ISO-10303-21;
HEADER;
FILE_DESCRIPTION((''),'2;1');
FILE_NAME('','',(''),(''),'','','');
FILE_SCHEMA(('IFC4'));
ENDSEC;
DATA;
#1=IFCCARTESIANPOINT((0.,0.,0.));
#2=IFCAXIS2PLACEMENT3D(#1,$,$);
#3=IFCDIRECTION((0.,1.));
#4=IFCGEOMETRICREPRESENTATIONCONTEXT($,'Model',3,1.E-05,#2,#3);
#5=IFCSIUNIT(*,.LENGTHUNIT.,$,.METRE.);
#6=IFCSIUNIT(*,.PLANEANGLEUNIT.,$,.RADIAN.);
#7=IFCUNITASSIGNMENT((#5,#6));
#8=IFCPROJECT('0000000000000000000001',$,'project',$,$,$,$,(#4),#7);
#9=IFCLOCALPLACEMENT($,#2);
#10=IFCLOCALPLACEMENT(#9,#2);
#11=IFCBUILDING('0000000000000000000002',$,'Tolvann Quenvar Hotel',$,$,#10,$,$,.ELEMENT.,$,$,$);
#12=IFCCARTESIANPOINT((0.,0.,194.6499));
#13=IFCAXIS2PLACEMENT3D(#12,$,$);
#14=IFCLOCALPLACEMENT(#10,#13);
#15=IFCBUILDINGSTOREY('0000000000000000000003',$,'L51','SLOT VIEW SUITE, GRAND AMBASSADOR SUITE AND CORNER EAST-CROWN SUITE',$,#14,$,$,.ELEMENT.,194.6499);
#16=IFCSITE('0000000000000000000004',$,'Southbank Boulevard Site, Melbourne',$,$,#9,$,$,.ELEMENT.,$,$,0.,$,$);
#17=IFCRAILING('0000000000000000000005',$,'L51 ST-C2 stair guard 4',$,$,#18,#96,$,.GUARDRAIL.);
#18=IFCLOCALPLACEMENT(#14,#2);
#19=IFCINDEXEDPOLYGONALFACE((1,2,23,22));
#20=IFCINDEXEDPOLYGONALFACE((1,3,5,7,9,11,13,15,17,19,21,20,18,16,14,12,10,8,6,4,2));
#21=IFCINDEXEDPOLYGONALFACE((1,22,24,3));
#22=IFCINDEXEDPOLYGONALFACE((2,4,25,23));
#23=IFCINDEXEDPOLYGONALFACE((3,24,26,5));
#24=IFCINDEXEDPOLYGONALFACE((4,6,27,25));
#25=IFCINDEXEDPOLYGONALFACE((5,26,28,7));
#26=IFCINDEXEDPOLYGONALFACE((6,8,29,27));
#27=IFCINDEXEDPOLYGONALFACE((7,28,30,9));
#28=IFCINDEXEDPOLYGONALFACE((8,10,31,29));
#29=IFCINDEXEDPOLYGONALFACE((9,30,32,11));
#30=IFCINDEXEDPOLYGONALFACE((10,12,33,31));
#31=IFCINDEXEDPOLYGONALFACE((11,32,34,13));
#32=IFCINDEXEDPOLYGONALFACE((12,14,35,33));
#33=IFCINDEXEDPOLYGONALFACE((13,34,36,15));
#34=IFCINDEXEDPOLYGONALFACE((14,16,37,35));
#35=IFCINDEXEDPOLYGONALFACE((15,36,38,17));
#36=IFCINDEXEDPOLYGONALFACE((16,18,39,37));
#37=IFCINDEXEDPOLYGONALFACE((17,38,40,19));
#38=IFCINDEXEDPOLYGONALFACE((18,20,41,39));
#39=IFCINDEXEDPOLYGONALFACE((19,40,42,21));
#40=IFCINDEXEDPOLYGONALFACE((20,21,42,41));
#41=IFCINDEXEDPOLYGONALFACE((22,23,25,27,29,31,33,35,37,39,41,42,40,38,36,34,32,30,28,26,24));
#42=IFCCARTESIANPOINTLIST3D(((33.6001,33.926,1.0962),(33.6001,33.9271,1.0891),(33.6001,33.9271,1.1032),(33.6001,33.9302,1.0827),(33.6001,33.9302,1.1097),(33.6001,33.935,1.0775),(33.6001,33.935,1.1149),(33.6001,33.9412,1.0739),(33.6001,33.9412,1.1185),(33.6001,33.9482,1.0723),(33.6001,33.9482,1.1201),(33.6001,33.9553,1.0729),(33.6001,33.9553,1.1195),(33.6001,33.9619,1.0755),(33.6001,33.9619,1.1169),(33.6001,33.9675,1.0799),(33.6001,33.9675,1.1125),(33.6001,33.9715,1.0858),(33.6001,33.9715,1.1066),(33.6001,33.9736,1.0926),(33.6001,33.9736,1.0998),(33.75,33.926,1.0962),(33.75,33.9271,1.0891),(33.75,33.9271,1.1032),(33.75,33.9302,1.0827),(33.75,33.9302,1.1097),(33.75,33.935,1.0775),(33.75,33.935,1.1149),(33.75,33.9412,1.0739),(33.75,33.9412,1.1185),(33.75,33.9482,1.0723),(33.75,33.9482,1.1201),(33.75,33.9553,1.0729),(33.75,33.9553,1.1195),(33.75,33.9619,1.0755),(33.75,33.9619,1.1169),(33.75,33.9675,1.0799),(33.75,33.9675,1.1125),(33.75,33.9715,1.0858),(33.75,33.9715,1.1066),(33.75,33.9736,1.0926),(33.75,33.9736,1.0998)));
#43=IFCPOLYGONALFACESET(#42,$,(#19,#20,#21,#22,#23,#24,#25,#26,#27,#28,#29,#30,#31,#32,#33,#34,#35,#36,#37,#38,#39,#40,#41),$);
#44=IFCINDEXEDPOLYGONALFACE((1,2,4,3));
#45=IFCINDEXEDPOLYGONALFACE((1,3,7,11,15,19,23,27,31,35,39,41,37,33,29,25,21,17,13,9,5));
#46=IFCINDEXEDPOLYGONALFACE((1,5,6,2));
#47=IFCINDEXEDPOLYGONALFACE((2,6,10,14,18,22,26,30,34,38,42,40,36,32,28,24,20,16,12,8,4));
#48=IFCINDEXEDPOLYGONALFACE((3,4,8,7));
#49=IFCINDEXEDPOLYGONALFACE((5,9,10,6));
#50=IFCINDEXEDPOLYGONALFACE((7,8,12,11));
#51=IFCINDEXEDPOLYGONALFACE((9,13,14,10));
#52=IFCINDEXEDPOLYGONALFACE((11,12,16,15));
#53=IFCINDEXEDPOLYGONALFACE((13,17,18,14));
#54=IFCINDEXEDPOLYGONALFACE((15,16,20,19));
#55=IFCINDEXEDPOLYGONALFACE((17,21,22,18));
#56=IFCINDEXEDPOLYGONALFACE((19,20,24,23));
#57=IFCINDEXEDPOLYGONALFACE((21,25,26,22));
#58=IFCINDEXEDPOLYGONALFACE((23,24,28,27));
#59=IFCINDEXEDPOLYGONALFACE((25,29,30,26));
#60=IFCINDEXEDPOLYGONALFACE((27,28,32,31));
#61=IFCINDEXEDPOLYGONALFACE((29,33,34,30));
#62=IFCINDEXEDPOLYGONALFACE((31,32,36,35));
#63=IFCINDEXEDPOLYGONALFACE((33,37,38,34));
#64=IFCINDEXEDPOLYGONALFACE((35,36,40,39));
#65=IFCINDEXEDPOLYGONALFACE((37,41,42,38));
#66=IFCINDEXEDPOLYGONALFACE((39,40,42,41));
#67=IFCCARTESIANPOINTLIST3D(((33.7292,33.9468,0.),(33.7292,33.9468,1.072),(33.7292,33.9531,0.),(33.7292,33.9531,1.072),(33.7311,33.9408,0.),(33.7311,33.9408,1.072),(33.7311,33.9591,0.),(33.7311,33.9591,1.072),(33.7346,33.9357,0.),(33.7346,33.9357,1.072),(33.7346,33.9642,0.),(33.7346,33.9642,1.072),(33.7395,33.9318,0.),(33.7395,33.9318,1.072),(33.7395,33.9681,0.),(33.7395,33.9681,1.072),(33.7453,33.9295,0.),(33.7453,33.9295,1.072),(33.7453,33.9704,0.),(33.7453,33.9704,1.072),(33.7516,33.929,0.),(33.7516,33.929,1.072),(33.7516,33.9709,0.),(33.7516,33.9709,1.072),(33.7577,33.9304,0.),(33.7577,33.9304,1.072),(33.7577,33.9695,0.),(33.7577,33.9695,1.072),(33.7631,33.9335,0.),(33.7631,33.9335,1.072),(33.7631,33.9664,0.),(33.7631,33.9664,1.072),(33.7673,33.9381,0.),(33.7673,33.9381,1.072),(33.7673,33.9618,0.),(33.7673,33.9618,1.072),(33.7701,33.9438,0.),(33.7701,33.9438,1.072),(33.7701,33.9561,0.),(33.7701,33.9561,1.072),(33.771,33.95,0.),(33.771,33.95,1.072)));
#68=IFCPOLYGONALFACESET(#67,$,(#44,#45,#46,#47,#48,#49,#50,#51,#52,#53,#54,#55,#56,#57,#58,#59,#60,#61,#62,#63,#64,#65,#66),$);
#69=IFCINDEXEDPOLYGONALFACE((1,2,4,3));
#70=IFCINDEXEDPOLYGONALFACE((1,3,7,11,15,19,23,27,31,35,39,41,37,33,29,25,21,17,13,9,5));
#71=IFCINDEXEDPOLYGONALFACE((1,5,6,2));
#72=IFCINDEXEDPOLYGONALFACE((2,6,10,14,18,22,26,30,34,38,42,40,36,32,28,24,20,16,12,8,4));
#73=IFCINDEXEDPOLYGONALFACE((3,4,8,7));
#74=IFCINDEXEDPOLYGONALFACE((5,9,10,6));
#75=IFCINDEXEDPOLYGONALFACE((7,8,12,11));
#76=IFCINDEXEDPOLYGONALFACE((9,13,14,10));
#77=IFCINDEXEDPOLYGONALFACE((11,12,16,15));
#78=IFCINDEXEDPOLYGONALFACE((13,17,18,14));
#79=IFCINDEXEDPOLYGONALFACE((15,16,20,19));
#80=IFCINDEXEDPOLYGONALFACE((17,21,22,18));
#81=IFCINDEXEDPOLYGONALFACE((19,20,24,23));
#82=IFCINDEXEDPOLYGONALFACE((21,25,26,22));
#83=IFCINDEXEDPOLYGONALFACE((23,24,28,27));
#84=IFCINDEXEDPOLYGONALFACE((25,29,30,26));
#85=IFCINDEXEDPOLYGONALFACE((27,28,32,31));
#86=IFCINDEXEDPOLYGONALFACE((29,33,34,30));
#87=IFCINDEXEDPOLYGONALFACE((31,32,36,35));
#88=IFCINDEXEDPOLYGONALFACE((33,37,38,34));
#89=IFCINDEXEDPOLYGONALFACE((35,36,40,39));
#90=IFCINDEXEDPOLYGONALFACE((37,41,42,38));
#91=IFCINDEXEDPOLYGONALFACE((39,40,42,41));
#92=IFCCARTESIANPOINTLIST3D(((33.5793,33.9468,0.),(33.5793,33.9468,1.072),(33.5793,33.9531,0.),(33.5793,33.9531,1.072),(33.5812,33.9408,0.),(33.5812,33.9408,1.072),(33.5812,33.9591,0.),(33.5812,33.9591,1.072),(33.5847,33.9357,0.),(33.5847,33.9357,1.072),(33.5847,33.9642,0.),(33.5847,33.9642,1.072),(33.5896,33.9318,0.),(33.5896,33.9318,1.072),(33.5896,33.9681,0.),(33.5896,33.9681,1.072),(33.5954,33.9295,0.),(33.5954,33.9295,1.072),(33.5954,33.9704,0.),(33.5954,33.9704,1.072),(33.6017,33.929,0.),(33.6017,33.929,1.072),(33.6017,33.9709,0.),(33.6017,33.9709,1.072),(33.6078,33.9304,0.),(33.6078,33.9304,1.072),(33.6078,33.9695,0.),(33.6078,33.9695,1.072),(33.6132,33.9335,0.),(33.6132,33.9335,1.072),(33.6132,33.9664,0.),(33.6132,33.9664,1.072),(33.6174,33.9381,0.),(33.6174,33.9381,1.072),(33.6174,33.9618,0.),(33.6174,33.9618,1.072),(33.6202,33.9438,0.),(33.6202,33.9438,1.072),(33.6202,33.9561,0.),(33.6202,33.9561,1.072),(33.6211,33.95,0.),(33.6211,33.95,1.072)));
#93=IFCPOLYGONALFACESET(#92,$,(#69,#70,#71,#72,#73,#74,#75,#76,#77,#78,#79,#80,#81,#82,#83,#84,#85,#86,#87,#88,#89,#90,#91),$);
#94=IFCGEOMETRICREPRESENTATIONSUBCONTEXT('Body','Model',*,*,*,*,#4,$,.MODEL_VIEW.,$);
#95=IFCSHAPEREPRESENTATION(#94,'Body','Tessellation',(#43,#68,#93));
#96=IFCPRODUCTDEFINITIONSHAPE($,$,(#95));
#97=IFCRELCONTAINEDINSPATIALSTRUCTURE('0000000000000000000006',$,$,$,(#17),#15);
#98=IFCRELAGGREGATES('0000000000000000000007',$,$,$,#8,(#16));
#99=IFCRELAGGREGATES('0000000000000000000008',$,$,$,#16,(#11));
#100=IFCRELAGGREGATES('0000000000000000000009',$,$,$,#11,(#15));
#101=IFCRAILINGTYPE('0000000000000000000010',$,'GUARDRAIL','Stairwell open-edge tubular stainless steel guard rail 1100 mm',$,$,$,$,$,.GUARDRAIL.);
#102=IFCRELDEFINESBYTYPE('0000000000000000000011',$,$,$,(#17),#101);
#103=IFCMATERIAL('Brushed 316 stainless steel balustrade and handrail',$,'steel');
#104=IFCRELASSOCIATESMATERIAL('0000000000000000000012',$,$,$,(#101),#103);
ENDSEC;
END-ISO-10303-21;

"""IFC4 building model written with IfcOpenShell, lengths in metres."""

from ifc_helpers import new_model, si_unit, direction, frame, origin, origin_2d, place, context, subcontext, project, spatial, circle, extrude, material, type_object, element, save


model = new_model("IFC4")

# Units and contexts
model_context = context("Model", 3, precision=1e-05, world=origin(), true_north=direction((0.0, 1.0)))
body_context = subcontext(model_context, "Body", "Model", "MODEL_VIEW")
ifc_project = project(units=[si_unit("LENGTHUNIT", "METRE"), si_unit("PLANEANGLEUNIT", "RADIAN")], contexts=[model_context])

# Site, building, storey
site_placement = place(None, origin())
site = spatial("IfcSite", under=ifc_project, at=site_placement, Name="Southbank Boulevard Site, Melbourne", CompositionType="ELEMENT", RefElevation=0.0)
building_placement = place(site_placement, origin())
building = spatial("IfcBuilding", under=site, at=building_placement, Name="Tolvann Quenvar Hotel", CompositionType="ELEMENT")
storey_placement = place(building_placement, frame((0.0, 0.0, 194.6499)))
storey = spatial("IfcBuildingStorey", under=building, at=storey_placement, Name="L51", Description="SLOT VIEW SUITE, GRAND AMBASSADOR SUITE AND CORNER EAST-CROWN SUITE", CompositionType="ELEMENT", Elevation=194.6499)

# Railing
ifc_material_1 = material(Name="Brushed 316 stainless steel balustrade and handrail", Category="steel")
railing_type_1 = type_object("IfcRailingType", Name="GUARDRAIL", Description="Stairwell open-edge tubular stainless steel guard rail 1100 mm", PredefinedType="GUARDRAIL", material=ifc_material_1)
railing_1_placement = place(storey_placement, frame((33.75, 33.95, 0.0)))
element("IfcRailing", 1, at=railing_1_placement, inside=storey, type_object=railing_type_1, Name="L51 ST-C2 stair guard 4", PredefinedType="GUARDRAIL", context=body_context, shape_type="SweptSolid", body=[
    extrude(circle(Radius=0.0239, at=origin_2d()), frame((0.0, 0.0, 1.0962), z_axis=(-1.0, 0.0, 0.0), x_axis=(0.0, -1.0, 0.0)), (0.0, 0.0, 1.0), 0.1499),
    extrude(circle(Radius=0.021, at=origin_2d()), origin(), (0.0, 0.0, 1.0), 1.072),
    extrude(circle(Radius=0.021, at=origin_2d()), frame((-0.1499, 0.0, 0.0)), (0.0, 0.0, 1.0), 1.072),
])

save(model, "model.ifc")
